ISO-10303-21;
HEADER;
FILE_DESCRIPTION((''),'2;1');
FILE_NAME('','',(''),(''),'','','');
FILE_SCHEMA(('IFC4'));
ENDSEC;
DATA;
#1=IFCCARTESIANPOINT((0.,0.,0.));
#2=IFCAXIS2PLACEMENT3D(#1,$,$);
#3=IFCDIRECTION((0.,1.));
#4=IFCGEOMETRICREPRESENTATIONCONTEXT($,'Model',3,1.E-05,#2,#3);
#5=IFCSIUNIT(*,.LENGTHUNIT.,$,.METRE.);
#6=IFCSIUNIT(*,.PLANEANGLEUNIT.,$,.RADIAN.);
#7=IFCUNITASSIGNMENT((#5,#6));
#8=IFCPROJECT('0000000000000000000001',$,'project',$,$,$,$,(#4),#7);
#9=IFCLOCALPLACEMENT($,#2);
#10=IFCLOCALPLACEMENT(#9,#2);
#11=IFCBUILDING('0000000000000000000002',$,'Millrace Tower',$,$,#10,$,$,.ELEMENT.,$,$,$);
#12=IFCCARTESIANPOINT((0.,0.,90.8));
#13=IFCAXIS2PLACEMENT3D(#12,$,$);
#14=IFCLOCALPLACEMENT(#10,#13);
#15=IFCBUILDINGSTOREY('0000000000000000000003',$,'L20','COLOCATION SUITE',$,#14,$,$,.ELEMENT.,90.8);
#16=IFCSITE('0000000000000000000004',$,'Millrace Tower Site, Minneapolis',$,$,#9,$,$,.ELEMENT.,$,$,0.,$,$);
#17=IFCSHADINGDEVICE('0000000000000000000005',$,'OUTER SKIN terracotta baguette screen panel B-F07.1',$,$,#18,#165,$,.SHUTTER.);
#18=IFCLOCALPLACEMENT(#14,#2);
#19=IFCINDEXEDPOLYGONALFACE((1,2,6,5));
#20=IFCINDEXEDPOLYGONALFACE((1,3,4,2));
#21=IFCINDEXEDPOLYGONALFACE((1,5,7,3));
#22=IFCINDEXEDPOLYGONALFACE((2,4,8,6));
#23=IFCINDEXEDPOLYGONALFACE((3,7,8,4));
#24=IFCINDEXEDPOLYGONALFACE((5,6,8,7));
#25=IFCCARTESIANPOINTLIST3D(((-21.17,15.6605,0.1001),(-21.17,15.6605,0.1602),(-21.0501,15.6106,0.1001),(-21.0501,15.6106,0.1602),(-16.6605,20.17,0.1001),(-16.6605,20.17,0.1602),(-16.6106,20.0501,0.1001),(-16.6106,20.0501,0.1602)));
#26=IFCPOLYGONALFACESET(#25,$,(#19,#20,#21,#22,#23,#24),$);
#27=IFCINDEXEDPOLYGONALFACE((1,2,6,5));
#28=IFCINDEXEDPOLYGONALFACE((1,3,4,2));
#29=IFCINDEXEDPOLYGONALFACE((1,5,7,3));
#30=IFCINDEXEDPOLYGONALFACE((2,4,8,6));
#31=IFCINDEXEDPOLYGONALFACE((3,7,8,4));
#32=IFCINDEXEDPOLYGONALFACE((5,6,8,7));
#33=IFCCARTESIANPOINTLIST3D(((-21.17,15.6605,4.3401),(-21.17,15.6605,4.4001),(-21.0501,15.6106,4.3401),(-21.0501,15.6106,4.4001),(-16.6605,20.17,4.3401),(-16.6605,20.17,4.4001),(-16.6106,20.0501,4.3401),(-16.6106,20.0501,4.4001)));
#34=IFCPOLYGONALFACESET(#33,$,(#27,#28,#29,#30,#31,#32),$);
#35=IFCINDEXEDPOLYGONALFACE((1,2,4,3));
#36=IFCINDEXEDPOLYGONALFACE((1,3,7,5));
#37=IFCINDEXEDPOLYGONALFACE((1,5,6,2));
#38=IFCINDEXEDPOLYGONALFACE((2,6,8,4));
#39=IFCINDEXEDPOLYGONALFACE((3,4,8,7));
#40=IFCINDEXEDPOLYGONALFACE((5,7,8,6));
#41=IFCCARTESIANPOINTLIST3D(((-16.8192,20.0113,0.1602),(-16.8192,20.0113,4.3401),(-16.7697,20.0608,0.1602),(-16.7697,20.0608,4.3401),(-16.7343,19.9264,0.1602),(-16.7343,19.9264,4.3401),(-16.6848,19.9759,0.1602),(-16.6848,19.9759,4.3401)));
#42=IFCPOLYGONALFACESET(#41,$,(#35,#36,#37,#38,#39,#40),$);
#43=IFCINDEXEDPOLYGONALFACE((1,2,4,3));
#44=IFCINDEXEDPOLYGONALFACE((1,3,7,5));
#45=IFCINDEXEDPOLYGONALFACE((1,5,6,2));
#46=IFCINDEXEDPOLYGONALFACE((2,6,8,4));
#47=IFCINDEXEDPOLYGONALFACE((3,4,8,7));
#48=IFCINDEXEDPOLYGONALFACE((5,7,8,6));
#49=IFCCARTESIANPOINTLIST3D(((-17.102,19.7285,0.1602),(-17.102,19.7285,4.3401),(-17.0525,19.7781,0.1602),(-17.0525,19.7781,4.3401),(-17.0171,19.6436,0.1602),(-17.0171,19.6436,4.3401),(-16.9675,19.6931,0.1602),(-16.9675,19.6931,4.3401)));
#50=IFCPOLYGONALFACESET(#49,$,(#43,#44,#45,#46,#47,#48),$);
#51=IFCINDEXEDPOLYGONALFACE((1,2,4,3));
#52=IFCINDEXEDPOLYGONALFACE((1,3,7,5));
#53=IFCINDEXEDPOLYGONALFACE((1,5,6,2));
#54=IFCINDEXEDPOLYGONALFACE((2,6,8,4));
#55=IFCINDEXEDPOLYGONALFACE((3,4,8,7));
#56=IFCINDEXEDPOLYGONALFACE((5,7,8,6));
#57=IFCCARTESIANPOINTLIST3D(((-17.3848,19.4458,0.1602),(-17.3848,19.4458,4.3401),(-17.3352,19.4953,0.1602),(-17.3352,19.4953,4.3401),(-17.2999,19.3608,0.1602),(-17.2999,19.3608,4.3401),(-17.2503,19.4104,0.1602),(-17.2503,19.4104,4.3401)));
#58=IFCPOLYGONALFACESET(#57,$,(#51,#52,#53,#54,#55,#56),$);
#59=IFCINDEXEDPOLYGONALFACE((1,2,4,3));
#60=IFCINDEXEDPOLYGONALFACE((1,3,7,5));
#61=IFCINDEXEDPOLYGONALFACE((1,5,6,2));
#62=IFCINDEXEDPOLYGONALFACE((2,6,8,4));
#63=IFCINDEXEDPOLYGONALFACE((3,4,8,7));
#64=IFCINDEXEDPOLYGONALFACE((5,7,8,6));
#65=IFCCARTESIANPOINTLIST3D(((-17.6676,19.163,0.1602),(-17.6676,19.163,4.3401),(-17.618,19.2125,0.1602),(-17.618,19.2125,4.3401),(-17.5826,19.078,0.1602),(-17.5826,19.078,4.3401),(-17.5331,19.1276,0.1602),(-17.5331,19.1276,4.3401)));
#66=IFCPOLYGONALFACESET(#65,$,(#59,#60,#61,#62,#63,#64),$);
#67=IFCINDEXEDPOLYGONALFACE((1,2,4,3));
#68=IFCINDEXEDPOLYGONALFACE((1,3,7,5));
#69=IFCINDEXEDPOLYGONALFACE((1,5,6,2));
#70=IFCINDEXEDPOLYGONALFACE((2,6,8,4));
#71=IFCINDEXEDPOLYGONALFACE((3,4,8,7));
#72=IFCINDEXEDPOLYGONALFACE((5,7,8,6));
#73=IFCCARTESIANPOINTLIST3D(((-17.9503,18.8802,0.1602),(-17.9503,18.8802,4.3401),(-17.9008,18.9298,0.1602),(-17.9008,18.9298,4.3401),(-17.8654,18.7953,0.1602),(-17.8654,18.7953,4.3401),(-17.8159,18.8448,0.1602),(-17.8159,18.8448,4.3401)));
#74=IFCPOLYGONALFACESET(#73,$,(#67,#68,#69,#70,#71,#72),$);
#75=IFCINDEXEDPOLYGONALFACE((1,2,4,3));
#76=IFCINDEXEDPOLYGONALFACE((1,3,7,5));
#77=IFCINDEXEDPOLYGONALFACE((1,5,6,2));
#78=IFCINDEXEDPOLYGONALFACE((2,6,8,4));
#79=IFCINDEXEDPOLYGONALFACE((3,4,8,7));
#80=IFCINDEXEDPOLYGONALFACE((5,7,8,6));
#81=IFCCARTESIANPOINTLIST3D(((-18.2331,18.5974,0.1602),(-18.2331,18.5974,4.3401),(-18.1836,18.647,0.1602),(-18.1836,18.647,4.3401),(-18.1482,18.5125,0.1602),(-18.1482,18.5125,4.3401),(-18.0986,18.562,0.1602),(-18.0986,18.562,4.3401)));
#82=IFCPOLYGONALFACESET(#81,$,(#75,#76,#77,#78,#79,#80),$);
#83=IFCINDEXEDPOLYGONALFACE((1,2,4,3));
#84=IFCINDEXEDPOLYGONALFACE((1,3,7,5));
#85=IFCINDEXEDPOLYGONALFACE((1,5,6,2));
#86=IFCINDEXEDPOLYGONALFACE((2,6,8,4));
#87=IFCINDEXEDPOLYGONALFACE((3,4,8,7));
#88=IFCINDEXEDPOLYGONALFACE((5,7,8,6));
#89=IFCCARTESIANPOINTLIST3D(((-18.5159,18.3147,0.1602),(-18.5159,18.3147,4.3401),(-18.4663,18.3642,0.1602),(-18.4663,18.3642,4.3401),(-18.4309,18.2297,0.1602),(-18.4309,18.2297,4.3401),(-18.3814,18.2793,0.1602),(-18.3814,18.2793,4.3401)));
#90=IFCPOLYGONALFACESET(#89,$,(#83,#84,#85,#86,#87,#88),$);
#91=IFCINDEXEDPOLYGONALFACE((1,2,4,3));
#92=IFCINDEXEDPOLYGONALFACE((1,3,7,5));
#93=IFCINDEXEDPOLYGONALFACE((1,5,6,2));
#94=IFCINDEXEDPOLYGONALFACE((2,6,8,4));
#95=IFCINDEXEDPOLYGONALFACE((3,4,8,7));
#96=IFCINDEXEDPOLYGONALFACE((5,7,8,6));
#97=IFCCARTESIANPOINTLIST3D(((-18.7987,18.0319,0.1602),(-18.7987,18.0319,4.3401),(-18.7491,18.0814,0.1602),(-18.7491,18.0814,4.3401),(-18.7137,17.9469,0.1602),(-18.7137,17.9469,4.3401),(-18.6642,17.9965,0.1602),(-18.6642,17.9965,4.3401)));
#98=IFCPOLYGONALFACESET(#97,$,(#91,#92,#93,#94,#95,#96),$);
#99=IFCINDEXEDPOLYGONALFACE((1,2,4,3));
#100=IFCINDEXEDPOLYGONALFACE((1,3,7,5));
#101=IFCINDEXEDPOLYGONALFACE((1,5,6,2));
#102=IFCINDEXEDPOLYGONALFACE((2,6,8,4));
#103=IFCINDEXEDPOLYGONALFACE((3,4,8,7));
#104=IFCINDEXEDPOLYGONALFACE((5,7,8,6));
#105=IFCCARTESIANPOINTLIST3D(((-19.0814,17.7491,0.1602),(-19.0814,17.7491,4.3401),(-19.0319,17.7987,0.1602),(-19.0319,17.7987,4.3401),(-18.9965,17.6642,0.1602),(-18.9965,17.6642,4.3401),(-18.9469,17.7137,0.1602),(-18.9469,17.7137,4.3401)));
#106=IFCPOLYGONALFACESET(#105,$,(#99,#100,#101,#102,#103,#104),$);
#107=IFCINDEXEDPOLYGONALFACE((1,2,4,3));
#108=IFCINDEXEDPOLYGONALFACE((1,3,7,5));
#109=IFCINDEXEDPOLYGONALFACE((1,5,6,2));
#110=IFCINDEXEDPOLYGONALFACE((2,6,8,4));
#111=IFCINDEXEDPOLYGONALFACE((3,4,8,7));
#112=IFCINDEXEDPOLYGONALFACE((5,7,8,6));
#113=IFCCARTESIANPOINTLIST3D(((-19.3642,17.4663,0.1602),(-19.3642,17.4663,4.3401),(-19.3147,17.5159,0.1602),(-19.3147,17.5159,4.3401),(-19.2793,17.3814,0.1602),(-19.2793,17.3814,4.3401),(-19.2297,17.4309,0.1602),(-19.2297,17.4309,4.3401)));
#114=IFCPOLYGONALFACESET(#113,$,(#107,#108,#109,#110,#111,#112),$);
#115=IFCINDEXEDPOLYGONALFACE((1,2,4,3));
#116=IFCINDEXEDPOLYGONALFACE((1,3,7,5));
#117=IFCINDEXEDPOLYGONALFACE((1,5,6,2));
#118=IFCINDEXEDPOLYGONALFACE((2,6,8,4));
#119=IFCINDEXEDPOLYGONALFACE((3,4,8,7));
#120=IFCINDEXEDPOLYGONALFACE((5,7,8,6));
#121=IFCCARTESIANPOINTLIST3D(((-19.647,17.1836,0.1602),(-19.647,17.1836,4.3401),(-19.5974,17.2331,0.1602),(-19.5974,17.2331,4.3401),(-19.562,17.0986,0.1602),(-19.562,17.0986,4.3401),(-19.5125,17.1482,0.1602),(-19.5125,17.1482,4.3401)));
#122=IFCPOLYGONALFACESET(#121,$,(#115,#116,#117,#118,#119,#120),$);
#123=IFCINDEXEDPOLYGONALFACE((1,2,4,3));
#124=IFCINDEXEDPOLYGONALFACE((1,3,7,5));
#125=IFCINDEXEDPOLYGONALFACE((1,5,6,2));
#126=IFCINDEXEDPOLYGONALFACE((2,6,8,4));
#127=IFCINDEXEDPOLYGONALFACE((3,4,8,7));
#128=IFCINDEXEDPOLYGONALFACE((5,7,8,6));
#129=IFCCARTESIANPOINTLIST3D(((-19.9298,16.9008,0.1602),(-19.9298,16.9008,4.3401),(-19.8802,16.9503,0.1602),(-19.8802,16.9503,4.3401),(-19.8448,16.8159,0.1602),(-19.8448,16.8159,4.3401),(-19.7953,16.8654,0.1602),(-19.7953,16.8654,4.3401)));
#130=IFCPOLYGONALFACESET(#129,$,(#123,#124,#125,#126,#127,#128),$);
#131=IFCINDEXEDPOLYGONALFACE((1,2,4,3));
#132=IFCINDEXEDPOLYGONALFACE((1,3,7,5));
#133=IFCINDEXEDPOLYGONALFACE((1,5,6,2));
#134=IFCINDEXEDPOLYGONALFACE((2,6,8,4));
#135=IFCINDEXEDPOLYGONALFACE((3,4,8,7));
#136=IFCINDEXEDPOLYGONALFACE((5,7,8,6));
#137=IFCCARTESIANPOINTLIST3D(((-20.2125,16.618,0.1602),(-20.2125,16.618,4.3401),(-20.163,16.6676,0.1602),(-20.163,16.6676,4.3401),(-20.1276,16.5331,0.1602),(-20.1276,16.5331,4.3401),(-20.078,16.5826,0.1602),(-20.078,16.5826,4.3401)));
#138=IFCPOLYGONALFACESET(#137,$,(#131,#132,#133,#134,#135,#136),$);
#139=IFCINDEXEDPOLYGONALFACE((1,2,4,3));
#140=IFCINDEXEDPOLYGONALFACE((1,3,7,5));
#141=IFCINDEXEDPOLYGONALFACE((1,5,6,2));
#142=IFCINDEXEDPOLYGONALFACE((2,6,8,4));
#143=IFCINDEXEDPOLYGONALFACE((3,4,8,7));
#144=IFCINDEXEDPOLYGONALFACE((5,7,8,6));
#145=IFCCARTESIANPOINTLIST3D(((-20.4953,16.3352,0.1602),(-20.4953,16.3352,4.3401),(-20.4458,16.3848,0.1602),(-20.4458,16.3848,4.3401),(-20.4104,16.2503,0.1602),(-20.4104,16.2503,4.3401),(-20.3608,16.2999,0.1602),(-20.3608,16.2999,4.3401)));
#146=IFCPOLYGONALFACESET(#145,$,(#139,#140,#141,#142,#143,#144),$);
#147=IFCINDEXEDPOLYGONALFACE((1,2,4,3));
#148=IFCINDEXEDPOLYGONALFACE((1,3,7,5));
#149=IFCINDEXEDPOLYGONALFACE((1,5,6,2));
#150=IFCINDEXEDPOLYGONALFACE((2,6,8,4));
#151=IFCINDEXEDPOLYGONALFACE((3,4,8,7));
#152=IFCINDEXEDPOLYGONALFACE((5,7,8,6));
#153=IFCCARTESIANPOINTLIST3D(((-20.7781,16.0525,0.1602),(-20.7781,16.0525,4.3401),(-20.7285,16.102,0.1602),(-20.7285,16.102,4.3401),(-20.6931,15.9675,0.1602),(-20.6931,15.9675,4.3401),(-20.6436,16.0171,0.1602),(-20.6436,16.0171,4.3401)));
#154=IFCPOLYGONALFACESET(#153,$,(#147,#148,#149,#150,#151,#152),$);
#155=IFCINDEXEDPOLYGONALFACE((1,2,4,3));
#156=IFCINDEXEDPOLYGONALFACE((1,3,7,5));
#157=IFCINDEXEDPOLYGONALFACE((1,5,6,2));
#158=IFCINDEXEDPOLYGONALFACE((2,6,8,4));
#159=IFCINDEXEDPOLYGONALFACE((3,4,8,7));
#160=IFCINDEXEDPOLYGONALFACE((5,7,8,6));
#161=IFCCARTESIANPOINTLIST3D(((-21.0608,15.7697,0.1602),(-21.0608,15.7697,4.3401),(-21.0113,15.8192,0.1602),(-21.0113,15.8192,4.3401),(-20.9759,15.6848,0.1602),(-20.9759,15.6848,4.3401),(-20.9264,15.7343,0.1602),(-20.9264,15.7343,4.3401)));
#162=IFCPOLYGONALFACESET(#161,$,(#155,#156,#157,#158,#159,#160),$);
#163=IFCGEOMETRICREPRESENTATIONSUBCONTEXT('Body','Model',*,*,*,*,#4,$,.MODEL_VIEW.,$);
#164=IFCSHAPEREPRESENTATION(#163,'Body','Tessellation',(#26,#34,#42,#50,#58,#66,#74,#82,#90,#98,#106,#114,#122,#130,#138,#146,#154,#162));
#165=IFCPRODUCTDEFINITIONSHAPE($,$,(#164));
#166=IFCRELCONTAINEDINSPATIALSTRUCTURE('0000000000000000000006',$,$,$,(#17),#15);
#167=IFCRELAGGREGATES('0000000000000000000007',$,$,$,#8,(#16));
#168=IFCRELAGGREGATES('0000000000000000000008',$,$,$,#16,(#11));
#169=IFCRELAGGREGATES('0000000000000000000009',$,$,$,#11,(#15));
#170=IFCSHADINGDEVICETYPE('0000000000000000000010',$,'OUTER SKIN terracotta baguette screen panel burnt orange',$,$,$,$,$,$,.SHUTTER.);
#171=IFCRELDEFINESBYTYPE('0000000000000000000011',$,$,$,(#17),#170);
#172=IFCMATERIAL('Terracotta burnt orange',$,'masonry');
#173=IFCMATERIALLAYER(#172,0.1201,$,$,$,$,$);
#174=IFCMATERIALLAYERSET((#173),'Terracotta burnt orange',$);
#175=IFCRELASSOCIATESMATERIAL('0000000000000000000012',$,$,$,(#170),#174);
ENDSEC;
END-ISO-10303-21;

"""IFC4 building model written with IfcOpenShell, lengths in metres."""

from ifc_helpers import new_model, entity, si_unit, direction, frame, frame_2d, origin, place, context, subcontext, project, spatial, rectangle, extrude, source, transform, mapped, material, layer, layer_set, type_object, element, save


model = new_model("IFC4")

# Units and contexts
model_context = context("Model", 3, precision=1e-05, world=origin(), true_north=direction((0.0, 1.0)))
body_context = subcontext(model_context, "Body", "Model", "MODEL_VIEW")
ifc_project = project(units=[si_unit("LENGTHUNIT", "METRE"), si_unit("PLANEANGLEUNIT", "RADIAN")], contexts=[model_context])

# Site, building, storey
site_placement = place(None, origin())
site = spatial("IfcSite", under=ifc_project, at=site_placement, Name="Millrace Tower Site, Minneapolis", CompositionType="ELEMENT", RefElevation=0.0)
building_placement = place(site_placement, origin())
building = spatial("IfcBuilding", under=site, at=building_placement, Name="Millrace Tower", CompositionType="ELEMENT")
storey_placement = place(building_placement, frame((0.0, 0.0, 90.8)))
storey = spatial("IfcBuildingStorey", under=building, at=storey_placement, Name="L20", Description="COLOCATION SUITE", CompositionType="ELEMENT", Elevation=90.8)

# Shading device
ifc_material_1 = material(Name="Terracotta burnt orange", Category="masonry")
ifc_layer_1 = layer(ifc_material_1, 0.1201)
ifc_layer_set_1 = layer_set([ifc_layer_1], Name="Terracotta burnt orange")
shading_device_type = type_object("IfcShadingDeviceType", Name="OUTER SKIN terracotta baguette screen panel burnt orange", PredefinedType="SHUTTER", material=ifc_layer_set_1)
cartesian_point_1 = entity("IfcCartesianPoint", [-3.1392, 0.0601])
shared_polyline_1 = entity("IfcPolyline", [cartesian_point_1, entity("IfcCartesianPoint", [3.1392, 0.0601]), entity("IfcCartesianPoint", [3.1887, -0.0601]), entity("IfcCartesianPoint", [-3.1887, -0.0601]), cartesian_point_1])
shared_shape_1 = source(origin(), body_context, "Body", "SweptSolid", [
    entity("IfcExtrudedAreaSolid", entity("IfcArbitraryClosedProfileDef", "AREA", None, shared_polyline_1), entity("IfcAxis2Placement3D", entity("IfcCartesianPoint", [0.0, 0.0, 0.0])), entity("IfcDirection", [0.0, 0.0, 1.0]), 0.0601),
    entity("IfcExtrudedAreaSolid", entity("IfcArbitraryClosedProfileDef", "AREA", None, shared_polyline_1), entity("IfcAxis2Placement3D", entity("IfcCartesianPoint", [0.0, 0.0, 4.24])), entity("IfcDirection", [0.0, 0.0, 1.0]), 0.0601),
    extrude(rectangle(XDim=0.0701, YDim=0.1201, at=frame_2d((-2.9993, 0.0))), frame((0.0, 0.0, 0.0601)), (0.0, 0.0, 1.0), 4.1799),
    extrude(rectangle(XDim=0.0701, YDim=0.1201, at=frame_2d((-2.5994, 0.0))), frame((0.0, 0.0, 0.0601)), (0.0, 0.0, 1.0), 4.1799),
    extrude(rectangle(XDim=0.0701, YDim=0.1201, at=frame_2d((-2.1995, 0.0))), frame((0.0, 0.0, 0.0601)), (0.0, 0.0, 1.0), 4.1799),
    extrude(rectangle(XDim=0.0701, YDim=0.1201, at=frame_2d((-1.7996, 0.0))), frame((0.0, 0.0, 0.0601)), (0.0, 0.0, 1.0), 4.1799),
    extrude(rectangle(XDim=0.0701, YDim=0.1201, at=frame_2d((-1.3997, 0.0))), frame((0.0, 0.0, 0.0601)), (0.0, 0.0, 1.0), 4.1799),
    extrude(rectangle(XDim=0.0701, YDim=0.1201, at=frame_2d((-0.9998, 0.0))), frame((0.0, 0.0, 0.0601)), (0.0, 0.0, 1.0), 4.1799),
    extrude(rectangle(XDim=0.0701, YDim=0.1201, at=frame_2d((-0.5999, 0.0))), frame((0.0, 0.0, 0.0601)), (0.0, 0.0, 1.0), 4.1799),
    extrude(rectangle(XDim=0.0701, YDim=0.1201, at=frame_2d((-0.2, 0.0))), frame((0.0, 0.0, 0.0601)), (0.0, 0.0, 1.0), 4.1799),
    extrude(rectangle(XDim=0.0701, YDim=0.1201, at=frame_2d((0.2, 0.0))), frame((0.0, 0.0, 0.0601)), (0.0, 0.0, 1.0), 4.1799),
    extrude(rectangle(XDim=0.0701, YDim=0.1201, at=frame_2d((0.5999, 0.0))), frame((0.0, 0.0, 0.0601)), (0.0, 0.0, 1.0), 4.1799),
    extrude(rectangle(XDim=0.0701, YDim=0.1201, at=frame_2d((0.9998, 0.0))), frame((0.0, 0.0, 0.0601)), (0.0, 0.0, 1.0), 4.1799),
    extrude(rectangle(XDim=0.0701, YDim=0.1201, at=frame_2d((1.3997, 0.0))), frame((0.0, 0.0, 0.0601)), (0.0, 0.0, 1.0), 4.1799),
    extrude(rectangle(XDim=0.0701, YDim=0.1201, at=frame_2d((1.7996, 0.0))), frame((0.0, 0.0, 0.0601)), (0.0, 0.0, 1.0), 4.1799),
    extrude(rectangle(XDim=0.0701, YDim=0.1201, at=frame_2d((2.1995, 0.0))), frame((0.0, 0.0, 0.0601)), (0.0, 0.0, 1.0), 4.1799),
    extrude(rectangle(XDim=0.0701, YDim=0.1201, at=frame_2d((2.5994, 0.0))), frame((0.0, 0.0, 0.0601)), (0.0, 0.0, 1.0), 4.1799),
    extrude(rectangle(XDim=0.0701, YDim=0.1201, at=frame_2d((2.9993, 0.0))), frame((0.0, 0.0, 0.0601)), (0.0, 0.0, 1.0), 4.1799),
])
shading_device_1_placement = place(storey_placement, frame((-18.8728, 17.8728, 0.1001), z_axis=(0.0, 0.0, 1.0), x_axis=(-0.707107, -0.707107, 0.0)))
element("IfcShadingDevice", 1, at=shading_device_1_placement, inside=storey, type_object=shading_device_type, Name="OUTER SKIN terracotta baguette screen panel B-F07.1", PredefinedType="SHUTTER", context=body_context, shape_type="MappedRepresentation", body=[
    mapped(shared_shape_1, transform((0.0, 0.0, 0.0), scale=1.0)),
])

save(model, "model.ifc")
